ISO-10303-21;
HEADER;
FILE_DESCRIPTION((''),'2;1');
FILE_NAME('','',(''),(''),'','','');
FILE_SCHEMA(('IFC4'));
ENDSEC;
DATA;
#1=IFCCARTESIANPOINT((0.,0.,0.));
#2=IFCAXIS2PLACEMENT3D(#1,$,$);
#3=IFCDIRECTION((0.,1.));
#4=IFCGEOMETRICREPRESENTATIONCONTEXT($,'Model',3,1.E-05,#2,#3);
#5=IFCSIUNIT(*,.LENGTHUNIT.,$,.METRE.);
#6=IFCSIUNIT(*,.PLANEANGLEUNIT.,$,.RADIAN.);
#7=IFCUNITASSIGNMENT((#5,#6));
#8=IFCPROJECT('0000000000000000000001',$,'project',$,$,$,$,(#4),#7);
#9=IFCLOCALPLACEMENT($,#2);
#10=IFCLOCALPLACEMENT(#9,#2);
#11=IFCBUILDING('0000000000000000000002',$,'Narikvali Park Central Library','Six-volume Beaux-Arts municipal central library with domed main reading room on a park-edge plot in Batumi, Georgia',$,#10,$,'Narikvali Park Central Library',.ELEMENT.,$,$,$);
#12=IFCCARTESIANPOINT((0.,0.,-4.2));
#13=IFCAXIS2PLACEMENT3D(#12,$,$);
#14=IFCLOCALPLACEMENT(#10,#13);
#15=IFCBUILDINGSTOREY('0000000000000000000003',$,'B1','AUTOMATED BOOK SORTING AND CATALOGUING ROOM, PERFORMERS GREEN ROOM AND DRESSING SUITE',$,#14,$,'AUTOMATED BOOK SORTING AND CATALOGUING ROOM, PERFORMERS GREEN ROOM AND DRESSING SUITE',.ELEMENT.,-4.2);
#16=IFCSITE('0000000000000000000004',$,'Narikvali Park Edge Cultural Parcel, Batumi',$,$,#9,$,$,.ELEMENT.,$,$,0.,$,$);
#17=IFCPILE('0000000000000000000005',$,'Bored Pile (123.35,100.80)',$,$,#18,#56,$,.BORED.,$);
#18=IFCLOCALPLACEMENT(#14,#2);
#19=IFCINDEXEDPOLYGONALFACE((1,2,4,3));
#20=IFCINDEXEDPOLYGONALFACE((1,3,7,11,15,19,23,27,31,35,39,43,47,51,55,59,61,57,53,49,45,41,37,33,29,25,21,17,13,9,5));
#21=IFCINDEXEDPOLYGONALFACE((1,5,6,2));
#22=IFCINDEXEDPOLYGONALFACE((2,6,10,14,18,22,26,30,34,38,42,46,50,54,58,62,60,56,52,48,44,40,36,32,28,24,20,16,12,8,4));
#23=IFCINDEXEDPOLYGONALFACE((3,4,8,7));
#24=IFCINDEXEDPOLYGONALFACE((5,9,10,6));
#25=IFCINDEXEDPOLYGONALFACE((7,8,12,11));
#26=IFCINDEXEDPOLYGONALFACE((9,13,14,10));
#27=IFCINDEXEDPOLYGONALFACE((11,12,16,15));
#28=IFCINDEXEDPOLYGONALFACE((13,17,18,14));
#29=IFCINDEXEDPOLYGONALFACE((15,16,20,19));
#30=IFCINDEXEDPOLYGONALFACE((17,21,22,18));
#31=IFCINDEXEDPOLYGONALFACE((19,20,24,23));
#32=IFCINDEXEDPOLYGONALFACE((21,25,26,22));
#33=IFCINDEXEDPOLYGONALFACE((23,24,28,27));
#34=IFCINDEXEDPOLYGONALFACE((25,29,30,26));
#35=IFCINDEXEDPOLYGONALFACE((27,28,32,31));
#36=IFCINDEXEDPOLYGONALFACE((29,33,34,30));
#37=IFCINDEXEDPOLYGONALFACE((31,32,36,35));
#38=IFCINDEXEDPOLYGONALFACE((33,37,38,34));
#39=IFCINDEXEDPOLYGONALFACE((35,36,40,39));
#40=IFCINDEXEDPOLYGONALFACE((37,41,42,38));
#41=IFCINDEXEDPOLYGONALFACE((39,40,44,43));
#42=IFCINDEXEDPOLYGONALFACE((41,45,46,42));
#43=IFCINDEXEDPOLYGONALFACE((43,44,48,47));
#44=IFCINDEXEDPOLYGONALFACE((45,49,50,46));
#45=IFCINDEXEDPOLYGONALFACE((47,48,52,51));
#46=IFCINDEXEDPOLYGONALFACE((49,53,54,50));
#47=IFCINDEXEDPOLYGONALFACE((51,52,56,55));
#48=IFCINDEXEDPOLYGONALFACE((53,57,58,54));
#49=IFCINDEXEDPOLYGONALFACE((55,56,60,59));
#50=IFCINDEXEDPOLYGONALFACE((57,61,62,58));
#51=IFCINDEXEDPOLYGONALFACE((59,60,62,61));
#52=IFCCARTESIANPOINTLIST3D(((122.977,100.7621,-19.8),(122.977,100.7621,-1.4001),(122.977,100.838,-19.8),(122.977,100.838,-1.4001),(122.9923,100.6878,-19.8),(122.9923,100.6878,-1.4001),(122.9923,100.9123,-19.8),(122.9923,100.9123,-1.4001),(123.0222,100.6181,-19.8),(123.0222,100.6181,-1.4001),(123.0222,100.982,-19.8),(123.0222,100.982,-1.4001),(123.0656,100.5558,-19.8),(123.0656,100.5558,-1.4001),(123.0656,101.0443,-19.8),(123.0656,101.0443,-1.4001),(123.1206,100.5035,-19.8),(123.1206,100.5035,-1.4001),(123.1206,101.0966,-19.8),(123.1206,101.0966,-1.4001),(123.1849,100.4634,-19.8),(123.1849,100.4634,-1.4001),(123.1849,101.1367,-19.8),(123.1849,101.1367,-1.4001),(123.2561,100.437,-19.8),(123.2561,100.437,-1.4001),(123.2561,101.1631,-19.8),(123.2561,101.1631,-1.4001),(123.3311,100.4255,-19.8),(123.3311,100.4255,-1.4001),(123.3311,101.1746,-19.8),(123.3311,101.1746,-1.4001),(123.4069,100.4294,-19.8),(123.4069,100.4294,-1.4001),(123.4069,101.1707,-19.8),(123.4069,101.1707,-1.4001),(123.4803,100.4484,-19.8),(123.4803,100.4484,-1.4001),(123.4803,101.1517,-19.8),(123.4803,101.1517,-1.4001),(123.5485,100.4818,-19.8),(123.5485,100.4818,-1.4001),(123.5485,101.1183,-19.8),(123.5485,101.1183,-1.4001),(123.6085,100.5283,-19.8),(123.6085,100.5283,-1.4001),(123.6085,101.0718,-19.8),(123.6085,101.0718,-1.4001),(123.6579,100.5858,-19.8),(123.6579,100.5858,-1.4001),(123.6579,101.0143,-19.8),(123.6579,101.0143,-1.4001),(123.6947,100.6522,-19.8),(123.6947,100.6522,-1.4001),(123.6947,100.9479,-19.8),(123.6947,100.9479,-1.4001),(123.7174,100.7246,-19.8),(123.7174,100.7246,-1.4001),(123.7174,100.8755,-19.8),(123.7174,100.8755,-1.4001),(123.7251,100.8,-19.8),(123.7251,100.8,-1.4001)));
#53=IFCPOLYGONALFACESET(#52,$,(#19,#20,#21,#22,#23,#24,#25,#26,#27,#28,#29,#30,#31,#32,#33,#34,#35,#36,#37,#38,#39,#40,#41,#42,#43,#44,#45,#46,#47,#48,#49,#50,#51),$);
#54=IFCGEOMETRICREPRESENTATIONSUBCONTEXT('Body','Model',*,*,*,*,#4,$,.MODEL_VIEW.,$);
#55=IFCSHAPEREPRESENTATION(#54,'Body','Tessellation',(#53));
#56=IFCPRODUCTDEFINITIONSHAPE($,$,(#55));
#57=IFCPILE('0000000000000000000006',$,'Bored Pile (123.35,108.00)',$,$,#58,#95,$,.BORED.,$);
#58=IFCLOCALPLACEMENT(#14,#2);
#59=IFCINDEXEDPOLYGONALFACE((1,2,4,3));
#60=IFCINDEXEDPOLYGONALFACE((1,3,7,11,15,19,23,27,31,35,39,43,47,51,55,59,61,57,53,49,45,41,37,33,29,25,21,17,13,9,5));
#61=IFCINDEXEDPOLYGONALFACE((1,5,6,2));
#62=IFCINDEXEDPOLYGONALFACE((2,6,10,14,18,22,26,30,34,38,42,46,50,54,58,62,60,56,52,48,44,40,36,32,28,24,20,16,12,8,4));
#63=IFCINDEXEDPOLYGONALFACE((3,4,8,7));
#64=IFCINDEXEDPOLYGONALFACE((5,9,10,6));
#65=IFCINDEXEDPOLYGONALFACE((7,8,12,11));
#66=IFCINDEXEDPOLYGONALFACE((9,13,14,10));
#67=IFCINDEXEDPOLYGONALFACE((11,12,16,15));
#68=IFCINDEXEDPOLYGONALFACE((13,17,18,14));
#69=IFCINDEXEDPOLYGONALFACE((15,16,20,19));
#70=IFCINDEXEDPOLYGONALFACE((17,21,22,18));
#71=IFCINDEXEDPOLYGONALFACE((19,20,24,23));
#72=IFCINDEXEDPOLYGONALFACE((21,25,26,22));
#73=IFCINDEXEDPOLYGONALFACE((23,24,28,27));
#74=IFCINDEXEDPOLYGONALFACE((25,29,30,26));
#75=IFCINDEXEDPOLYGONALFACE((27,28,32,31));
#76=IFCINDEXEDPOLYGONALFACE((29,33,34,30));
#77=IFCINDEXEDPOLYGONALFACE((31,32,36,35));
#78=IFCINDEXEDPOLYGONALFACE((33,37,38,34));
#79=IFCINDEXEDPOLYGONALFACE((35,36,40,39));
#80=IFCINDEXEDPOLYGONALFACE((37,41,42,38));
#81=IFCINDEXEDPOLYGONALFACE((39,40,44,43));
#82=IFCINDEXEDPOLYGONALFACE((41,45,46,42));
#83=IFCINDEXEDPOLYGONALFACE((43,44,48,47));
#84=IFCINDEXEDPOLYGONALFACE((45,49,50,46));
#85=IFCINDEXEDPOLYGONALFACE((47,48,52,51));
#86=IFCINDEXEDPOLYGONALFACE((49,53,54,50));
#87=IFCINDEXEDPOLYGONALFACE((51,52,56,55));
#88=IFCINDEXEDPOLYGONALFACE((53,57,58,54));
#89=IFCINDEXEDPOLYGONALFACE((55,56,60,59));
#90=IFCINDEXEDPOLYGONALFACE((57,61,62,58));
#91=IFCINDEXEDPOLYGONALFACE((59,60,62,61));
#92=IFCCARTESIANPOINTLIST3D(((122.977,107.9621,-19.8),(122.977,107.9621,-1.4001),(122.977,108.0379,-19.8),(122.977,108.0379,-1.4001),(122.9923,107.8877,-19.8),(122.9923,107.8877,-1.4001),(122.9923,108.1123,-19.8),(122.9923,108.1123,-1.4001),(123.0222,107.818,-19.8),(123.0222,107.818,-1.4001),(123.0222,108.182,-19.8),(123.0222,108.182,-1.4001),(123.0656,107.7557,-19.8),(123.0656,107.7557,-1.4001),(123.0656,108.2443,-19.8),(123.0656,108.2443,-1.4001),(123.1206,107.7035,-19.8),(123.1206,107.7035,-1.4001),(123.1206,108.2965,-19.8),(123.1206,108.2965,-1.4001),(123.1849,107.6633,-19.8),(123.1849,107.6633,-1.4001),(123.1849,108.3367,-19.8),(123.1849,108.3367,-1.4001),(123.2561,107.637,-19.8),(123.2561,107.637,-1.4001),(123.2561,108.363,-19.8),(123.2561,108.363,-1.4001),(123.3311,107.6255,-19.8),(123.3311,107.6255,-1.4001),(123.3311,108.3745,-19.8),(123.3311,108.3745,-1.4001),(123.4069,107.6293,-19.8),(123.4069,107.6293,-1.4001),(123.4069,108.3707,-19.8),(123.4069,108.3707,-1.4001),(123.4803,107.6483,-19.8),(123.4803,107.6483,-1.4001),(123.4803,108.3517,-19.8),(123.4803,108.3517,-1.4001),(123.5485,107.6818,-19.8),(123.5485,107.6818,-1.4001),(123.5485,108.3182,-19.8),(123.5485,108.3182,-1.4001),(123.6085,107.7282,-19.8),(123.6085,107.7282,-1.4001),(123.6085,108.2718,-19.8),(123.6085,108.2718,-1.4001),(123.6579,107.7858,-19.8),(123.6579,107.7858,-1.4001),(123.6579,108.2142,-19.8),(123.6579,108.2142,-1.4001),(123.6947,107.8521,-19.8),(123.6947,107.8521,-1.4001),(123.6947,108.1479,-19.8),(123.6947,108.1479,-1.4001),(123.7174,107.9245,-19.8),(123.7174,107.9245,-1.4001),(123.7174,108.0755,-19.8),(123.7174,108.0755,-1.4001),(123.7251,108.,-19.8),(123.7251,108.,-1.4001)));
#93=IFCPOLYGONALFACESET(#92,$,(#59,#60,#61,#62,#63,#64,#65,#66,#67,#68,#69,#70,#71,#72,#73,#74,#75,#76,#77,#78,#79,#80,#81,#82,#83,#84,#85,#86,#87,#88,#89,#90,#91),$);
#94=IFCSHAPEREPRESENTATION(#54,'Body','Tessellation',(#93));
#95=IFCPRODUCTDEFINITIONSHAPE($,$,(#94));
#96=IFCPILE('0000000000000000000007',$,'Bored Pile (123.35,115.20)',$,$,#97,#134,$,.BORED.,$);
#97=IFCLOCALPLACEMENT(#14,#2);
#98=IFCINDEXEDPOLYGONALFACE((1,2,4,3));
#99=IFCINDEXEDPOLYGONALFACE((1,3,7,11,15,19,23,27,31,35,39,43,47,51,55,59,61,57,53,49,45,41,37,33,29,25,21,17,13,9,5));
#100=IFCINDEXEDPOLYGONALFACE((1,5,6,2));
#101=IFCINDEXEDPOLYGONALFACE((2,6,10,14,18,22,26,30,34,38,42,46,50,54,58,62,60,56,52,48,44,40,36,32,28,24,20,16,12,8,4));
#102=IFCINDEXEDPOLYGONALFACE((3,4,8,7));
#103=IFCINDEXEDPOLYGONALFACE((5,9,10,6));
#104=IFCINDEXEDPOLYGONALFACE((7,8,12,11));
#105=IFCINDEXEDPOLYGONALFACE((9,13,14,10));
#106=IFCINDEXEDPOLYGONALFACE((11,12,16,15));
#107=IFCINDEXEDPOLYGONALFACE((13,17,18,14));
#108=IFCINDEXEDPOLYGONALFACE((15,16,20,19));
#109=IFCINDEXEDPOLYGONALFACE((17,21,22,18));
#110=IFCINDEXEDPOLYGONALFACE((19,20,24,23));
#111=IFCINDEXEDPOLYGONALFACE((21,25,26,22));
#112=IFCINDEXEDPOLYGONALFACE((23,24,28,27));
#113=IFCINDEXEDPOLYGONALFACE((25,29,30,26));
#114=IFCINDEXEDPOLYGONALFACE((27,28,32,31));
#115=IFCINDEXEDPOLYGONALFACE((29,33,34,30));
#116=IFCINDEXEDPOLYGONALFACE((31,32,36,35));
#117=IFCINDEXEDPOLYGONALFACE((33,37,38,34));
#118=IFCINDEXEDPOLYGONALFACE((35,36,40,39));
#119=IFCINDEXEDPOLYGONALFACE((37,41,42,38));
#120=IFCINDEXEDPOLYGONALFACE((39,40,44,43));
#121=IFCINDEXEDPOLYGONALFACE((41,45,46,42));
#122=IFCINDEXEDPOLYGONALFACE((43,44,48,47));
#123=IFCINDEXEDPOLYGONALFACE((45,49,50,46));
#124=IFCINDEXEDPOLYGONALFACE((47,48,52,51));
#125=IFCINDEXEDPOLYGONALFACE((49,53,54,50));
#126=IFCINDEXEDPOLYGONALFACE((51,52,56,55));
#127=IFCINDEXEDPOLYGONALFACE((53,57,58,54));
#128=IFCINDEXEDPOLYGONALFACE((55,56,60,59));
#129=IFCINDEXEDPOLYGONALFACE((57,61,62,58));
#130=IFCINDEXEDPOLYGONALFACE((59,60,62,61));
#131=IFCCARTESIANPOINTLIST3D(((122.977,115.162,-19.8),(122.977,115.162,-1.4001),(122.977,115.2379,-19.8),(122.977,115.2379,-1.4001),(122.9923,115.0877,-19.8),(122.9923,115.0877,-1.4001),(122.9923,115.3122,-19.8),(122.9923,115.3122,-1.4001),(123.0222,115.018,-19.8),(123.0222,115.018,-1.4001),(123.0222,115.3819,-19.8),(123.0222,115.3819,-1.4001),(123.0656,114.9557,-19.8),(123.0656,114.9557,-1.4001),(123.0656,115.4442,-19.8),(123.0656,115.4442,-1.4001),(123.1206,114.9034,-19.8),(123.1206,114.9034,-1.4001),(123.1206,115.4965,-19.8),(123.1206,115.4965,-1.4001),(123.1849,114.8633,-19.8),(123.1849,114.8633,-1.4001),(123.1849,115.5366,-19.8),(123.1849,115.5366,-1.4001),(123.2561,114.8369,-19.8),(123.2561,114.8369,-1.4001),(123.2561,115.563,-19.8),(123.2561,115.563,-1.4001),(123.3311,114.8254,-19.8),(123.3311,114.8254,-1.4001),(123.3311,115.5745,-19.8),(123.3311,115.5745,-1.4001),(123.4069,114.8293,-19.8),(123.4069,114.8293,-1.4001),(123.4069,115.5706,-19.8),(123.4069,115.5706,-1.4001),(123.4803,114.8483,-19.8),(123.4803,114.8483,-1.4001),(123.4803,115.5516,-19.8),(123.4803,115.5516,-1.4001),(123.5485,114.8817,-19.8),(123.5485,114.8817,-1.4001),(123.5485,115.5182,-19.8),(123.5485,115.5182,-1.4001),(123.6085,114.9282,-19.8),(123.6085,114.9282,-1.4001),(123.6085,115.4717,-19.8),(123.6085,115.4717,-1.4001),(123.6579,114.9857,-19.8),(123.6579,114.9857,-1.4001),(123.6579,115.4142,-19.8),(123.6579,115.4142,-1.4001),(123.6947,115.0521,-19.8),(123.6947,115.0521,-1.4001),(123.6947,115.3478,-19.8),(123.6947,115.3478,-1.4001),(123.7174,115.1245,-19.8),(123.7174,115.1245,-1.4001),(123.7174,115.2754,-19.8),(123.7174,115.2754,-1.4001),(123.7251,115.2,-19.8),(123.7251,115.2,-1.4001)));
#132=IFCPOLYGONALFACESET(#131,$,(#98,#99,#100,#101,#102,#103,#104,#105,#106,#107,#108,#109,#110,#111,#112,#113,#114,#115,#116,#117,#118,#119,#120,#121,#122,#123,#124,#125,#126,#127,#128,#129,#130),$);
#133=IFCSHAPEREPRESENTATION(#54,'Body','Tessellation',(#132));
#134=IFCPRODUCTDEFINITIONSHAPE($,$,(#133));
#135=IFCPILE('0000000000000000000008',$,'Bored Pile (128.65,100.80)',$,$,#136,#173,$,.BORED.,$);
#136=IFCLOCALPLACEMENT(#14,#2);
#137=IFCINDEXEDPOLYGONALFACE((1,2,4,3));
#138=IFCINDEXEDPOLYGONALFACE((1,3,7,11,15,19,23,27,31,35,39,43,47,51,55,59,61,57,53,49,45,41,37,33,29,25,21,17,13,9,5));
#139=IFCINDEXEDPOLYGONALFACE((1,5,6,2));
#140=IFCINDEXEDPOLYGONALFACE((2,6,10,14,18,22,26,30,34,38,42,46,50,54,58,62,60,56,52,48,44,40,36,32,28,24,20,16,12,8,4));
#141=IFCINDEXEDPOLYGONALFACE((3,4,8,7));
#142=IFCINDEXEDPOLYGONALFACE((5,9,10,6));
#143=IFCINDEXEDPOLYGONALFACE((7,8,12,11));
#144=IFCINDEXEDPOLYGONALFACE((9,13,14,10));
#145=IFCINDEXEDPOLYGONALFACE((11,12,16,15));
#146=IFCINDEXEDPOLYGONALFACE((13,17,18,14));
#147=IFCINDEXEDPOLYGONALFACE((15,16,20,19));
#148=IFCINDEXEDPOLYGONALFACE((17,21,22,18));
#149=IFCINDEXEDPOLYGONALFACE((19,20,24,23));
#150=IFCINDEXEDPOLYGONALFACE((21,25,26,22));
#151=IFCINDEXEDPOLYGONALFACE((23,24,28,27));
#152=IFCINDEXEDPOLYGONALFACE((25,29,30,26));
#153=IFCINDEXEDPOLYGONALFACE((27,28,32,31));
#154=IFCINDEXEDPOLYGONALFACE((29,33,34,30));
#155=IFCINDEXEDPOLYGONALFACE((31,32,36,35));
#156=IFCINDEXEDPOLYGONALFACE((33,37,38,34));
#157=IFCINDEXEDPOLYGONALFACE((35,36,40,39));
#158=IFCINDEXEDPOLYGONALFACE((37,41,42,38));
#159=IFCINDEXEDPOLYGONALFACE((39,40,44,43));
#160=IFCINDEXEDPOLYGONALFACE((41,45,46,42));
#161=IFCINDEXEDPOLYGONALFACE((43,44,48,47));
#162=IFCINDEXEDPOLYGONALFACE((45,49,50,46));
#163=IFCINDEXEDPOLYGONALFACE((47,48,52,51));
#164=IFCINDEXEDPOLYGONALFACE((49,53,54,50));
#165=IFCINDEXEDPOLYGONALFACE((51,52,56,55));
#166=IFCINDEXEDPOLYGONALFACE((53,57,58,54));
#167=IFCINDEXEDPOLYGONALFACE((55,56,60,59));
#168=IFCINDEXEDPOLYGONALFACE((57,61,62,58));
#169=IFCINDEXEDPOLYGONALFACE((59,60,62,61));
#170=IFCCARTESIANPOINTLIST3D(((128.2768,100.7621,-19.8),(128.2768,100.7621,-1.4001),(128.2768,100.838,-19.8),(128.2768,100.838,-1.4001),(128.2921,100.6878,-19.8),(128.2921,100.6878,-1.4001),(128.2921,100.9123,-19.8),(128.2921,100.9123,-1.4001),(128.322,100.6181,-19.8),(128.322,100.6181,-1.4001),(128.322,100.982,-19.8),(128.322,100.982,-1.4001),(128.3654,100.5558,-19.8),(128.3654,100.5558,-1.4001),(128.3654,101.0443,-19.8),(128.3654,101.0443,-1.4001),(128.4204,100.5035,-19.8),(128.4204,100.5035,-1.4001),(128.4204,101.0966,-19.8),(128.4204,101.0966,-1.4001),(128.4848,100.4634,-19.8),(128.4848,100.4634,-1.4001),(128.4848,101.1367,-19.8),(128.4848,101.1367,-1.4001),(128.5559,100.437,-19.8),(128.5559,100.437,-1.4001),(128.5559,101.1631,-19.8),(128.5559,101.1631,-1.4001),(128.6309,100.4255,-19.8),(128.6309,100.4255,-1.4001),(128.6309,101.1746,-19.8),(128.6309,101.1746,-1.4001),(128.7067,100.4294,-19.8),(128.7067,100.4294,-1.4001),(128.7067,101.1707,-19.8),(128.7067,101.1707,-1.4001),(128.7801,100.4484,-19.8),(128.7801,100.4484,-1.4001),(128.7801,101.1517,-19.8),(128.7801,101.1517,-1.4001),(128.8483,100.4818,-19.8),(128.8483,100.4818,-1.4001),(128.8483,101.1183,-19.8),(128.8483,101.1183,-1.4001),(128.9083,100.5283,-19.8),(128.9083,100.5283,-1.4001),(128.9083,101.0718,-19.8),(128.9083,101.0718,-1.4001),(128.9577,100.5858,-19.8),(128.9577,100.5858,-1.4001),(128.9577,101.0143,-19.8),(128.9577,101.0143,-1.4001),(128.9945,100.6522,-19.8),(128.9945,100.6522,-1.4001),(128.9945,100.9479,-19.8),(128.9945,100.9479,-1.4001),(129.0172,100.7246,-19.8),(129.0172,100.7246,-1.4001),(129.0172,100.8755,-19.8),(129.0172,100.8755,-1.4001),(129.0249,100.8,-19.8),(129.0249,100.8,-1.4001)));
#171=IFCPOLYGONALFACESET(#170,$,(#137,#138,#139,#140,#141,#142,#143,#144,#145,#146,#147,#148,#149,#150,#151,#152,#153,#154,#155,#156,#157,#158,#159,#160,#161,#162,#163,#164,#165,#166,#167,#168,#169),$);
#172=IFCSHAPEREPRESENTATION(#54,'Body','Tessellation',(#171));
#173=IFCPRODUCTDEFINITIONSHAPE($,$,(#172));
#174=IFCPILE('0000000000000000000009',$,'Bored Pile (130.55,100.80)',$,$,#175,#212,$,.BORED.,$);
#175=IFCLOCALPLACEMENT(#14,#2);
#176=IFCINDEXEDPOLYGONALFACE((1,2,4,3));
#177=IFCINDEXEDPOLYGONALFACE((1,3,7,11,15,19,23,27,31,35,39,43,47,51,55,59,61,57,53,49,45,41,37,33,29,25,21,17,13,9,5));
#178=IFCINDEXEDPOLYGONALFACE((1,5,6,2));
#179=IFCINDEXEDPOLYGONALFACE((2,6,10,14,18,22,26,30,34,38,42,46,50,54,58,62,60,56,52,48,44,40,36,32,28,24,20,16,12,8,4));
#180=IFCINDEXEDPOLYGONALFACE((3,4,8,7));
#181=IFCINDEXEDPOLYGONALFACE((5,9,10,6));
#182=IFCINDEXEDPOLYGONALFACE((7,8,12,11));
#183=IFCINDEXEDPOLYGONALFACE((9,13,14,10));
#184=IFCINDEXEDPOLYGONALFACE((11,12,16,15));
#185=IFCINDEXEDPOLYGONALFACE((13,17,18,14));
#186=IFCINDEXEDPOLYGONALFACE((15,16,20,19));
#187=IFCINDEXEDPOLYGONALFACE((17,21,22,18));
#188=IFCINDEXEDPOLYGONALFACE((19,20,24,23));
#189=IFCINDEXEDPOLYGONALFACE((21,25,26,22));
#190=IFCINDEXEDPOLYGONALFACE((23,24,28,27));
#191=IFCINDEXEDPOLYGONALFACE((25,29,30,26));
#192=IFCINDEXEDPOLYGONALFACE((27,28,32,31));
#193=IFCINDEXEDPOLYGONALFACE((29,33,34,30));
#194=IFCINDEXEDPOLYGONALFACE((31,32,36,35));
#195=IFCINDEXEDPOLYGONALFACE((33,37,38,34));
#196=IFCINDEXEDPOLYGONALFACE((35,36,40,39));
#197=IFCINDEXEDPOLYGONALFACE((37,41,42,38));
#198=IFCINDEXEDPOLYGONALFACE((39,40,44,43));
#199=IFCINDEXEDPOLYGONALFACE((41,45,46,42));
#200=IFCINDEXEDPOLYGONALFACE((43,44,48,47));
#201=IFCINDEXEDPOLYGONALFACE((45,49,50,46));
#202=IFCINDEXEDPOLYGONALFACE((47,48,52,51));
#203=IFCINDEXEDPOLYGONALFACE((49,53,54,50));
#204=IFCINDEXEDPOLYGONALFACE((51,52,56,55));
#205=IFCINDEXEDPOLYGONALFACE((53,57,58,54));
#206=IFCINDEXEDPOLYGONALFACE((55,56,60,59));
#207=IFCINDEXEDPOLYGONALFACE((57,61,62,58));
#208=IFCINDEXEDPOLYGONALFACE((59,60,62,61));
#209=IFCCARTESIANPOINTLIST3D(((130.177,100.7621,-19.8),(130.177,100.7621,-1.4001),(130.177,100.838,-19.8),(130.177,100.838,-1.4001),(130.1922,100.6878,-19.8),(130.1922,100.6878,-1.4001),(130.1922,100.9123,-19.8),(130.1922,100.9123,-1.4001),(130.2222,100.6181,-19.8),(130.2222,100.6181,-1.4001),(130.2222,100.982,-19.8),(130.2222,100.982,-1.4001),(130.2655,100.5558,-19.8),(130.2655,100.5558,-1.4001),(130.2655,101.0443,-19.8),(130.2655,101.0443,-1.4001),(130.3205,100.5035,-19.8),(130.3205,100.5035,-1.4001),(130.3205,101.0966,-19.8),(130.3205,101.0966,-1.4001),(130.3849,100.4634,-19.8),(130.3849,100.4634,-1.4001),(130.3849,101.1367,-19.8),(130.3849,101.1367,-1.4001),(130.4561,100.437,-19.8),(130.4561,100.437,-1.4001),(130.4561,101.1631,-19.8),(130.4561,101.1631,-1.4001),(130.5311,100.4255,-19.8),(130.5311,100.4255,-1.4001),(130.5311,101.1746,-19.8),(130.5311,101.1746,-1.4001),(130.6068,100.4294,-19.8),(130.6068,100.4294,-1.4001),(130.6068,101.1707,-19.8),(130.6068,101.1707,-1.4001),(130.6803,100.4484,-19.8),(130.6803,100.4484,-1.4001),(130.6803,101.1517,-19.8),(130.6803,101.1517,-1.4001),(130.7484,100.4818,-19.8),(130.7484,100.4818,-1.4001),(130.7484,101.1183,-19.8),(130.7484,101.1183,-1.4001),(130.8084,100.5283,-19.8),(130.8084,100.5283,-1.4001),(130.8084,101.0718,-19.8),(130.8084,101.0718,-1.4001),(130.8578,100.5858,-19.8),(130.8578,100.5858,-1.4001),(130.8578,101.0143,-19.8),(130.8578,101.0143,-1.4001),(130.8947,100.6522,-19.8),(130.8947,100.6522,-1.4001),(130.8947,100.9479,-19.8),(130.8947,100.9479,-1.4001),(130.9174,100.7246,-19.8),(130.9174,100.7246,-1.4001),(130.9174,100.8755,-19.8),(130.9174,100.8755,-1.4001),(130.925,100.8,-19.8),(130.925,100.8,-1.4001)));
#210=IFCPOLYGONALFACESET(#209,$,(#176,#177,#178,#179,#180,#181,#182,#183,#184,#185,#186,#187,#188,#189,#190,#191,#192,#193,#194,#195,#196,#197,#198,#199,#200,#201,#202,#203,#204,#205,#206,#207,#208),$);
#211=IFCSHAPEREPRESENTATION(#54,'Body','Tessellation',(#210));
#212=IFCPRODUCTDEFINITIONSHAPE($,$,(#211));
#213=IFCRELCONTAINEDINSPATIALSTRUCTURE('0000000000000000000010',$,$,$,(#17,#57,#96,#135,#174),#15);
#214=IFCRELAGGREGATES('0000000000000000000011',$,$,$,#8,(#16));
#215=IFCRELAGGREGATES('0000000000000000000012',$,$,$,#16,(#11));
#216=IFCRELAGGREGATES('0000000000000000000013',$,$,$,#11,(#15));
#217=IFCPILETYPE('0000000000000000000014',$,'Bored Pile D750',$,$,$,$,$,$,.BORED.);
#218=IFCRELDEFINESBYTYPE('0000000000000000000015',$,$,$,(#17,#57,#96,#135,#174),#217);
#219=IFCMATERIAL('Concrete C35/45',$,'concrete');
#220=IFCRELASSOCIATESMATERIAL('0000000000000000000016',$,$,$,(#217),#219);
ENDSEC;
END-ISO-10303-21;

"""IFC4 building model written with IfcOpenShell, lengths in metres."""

from ifc_helpers import new_model, si_unit, direction, frame, origin, origin_2d, place, context, subcontext, project, spatial, circle, extrude, material, material_profile, profile_set, type_object, element, save


model = new_model("IFC4")

# Units and contexts
model_context = context("Model", 3, precision=1e-05, world=origin(), true_north=direction((0.0, 1.0)))
body_context = subcontext(model_context, "Body", "Model", "MODEL_VIEW")
ifc_project = project(units=[si_unit("LENGTHUNIT", "METRE"), si_unit("PLANEANGLEUNIT", "RADIAN")], contexts=[model_context])

# Site, building, storey
site_placement = place(None, origin())
site = spatial("IfcSite", under=ifc_project, at=site_placement, Name="Narikvali Park Edge Cultural Parcel, Batumi", CompositionType="ELEMENT", RefElevation=0.0)
building_placement = place(site_placement, origin())
building = spatial("IfcBuilding", under=site, at=building_placement, Name="Narikvali Park Central Library", Description="Six-volume Beaux-Arts municipal central library with domed main reading room on a park-edge plot in Batumi, Georgia", LongName="Narikvali Park Central Library", CompositionType="ELEMENT")
storey_placement = place(building_placement, frame((0.0, 0.0, -4.2)))
storey = spatial("IfcBuildingStorey", under=building, at=storey_placement, Name="B1", Description="AUTOMATED BOOK SORTING AND CATALOGUING ROOM, PERFORMERS GREEN ROOM AND DRESSING SUITE", LongName="AUTOMATED BOOK SORTING AND CATALOGUING ROOM, PERFORMERS GREEN ROOM AND DRESSING SUITE", CompositionType="ELEMENT", Elevation=-4.2)

# Piles
ifc_material_1 = material(Name="Concrete C35/45", Category="concrete")
ifc_material_profile_1 = material_profile(ifc_material_1, circle(Radius=0.375, at=origin_2d()), Name="PILE D750")
ifc_profile_set_1 = profile_set([ifc_material_profile_1], Name="Concrete C35/45")
pile_type = type_object("IfcPileType", Name="Bored Pile D750", PredefinedType="BORED", material=ifc_profile_set_1)
for number, where, z_axis, x_axis, name in (
    (1, (123.3501, 100.8, -1.4001), (0.0, 0.0, -1.0), (1.0, 0.0, 0.0), "Bored Pile (123.35,100.80)"),
    (2, (123.3501, 108.0, -1.4001), (0.0, 0.0, -1.0), (1.0, 0.0, 0.0), "Bored Pile (123.35,108.00)"),
    (3, (123.3501, 115.2, -1.4001), (0.0, 0.0, -1.0), (1.0, 0.0, 0.0), "Bored Pile (123.35,115.20)"),
    (4, (128.6499, 100.8, -1.4001), (0.0, 0.0, -1.0), (1.0, 0.0, 0.0), "Bored Pile (128.65,100.80)"),
    (5, (130.55, 100.8, -1.4001), (0.0, 0.0, -1.0), (1.0, 0.0, 0.0), "Bored Pile (130.55,100.80)"),
):
    element("IfcPile", number, at=place(storey_placement, frame(where, z_axis=z_axis, x_axis=x_axis)), inside=storey, type_object=pile_type, Name=name, PredefinedType="BORED", context=body_context, shape_type="SweptSolid", body=[
        extrude(circle(Radius=0.375, at=origin_2d()), origin(), (0.0, 0.0, 1.0), 18.3999),
    ])

save(model, "model.ifc")
